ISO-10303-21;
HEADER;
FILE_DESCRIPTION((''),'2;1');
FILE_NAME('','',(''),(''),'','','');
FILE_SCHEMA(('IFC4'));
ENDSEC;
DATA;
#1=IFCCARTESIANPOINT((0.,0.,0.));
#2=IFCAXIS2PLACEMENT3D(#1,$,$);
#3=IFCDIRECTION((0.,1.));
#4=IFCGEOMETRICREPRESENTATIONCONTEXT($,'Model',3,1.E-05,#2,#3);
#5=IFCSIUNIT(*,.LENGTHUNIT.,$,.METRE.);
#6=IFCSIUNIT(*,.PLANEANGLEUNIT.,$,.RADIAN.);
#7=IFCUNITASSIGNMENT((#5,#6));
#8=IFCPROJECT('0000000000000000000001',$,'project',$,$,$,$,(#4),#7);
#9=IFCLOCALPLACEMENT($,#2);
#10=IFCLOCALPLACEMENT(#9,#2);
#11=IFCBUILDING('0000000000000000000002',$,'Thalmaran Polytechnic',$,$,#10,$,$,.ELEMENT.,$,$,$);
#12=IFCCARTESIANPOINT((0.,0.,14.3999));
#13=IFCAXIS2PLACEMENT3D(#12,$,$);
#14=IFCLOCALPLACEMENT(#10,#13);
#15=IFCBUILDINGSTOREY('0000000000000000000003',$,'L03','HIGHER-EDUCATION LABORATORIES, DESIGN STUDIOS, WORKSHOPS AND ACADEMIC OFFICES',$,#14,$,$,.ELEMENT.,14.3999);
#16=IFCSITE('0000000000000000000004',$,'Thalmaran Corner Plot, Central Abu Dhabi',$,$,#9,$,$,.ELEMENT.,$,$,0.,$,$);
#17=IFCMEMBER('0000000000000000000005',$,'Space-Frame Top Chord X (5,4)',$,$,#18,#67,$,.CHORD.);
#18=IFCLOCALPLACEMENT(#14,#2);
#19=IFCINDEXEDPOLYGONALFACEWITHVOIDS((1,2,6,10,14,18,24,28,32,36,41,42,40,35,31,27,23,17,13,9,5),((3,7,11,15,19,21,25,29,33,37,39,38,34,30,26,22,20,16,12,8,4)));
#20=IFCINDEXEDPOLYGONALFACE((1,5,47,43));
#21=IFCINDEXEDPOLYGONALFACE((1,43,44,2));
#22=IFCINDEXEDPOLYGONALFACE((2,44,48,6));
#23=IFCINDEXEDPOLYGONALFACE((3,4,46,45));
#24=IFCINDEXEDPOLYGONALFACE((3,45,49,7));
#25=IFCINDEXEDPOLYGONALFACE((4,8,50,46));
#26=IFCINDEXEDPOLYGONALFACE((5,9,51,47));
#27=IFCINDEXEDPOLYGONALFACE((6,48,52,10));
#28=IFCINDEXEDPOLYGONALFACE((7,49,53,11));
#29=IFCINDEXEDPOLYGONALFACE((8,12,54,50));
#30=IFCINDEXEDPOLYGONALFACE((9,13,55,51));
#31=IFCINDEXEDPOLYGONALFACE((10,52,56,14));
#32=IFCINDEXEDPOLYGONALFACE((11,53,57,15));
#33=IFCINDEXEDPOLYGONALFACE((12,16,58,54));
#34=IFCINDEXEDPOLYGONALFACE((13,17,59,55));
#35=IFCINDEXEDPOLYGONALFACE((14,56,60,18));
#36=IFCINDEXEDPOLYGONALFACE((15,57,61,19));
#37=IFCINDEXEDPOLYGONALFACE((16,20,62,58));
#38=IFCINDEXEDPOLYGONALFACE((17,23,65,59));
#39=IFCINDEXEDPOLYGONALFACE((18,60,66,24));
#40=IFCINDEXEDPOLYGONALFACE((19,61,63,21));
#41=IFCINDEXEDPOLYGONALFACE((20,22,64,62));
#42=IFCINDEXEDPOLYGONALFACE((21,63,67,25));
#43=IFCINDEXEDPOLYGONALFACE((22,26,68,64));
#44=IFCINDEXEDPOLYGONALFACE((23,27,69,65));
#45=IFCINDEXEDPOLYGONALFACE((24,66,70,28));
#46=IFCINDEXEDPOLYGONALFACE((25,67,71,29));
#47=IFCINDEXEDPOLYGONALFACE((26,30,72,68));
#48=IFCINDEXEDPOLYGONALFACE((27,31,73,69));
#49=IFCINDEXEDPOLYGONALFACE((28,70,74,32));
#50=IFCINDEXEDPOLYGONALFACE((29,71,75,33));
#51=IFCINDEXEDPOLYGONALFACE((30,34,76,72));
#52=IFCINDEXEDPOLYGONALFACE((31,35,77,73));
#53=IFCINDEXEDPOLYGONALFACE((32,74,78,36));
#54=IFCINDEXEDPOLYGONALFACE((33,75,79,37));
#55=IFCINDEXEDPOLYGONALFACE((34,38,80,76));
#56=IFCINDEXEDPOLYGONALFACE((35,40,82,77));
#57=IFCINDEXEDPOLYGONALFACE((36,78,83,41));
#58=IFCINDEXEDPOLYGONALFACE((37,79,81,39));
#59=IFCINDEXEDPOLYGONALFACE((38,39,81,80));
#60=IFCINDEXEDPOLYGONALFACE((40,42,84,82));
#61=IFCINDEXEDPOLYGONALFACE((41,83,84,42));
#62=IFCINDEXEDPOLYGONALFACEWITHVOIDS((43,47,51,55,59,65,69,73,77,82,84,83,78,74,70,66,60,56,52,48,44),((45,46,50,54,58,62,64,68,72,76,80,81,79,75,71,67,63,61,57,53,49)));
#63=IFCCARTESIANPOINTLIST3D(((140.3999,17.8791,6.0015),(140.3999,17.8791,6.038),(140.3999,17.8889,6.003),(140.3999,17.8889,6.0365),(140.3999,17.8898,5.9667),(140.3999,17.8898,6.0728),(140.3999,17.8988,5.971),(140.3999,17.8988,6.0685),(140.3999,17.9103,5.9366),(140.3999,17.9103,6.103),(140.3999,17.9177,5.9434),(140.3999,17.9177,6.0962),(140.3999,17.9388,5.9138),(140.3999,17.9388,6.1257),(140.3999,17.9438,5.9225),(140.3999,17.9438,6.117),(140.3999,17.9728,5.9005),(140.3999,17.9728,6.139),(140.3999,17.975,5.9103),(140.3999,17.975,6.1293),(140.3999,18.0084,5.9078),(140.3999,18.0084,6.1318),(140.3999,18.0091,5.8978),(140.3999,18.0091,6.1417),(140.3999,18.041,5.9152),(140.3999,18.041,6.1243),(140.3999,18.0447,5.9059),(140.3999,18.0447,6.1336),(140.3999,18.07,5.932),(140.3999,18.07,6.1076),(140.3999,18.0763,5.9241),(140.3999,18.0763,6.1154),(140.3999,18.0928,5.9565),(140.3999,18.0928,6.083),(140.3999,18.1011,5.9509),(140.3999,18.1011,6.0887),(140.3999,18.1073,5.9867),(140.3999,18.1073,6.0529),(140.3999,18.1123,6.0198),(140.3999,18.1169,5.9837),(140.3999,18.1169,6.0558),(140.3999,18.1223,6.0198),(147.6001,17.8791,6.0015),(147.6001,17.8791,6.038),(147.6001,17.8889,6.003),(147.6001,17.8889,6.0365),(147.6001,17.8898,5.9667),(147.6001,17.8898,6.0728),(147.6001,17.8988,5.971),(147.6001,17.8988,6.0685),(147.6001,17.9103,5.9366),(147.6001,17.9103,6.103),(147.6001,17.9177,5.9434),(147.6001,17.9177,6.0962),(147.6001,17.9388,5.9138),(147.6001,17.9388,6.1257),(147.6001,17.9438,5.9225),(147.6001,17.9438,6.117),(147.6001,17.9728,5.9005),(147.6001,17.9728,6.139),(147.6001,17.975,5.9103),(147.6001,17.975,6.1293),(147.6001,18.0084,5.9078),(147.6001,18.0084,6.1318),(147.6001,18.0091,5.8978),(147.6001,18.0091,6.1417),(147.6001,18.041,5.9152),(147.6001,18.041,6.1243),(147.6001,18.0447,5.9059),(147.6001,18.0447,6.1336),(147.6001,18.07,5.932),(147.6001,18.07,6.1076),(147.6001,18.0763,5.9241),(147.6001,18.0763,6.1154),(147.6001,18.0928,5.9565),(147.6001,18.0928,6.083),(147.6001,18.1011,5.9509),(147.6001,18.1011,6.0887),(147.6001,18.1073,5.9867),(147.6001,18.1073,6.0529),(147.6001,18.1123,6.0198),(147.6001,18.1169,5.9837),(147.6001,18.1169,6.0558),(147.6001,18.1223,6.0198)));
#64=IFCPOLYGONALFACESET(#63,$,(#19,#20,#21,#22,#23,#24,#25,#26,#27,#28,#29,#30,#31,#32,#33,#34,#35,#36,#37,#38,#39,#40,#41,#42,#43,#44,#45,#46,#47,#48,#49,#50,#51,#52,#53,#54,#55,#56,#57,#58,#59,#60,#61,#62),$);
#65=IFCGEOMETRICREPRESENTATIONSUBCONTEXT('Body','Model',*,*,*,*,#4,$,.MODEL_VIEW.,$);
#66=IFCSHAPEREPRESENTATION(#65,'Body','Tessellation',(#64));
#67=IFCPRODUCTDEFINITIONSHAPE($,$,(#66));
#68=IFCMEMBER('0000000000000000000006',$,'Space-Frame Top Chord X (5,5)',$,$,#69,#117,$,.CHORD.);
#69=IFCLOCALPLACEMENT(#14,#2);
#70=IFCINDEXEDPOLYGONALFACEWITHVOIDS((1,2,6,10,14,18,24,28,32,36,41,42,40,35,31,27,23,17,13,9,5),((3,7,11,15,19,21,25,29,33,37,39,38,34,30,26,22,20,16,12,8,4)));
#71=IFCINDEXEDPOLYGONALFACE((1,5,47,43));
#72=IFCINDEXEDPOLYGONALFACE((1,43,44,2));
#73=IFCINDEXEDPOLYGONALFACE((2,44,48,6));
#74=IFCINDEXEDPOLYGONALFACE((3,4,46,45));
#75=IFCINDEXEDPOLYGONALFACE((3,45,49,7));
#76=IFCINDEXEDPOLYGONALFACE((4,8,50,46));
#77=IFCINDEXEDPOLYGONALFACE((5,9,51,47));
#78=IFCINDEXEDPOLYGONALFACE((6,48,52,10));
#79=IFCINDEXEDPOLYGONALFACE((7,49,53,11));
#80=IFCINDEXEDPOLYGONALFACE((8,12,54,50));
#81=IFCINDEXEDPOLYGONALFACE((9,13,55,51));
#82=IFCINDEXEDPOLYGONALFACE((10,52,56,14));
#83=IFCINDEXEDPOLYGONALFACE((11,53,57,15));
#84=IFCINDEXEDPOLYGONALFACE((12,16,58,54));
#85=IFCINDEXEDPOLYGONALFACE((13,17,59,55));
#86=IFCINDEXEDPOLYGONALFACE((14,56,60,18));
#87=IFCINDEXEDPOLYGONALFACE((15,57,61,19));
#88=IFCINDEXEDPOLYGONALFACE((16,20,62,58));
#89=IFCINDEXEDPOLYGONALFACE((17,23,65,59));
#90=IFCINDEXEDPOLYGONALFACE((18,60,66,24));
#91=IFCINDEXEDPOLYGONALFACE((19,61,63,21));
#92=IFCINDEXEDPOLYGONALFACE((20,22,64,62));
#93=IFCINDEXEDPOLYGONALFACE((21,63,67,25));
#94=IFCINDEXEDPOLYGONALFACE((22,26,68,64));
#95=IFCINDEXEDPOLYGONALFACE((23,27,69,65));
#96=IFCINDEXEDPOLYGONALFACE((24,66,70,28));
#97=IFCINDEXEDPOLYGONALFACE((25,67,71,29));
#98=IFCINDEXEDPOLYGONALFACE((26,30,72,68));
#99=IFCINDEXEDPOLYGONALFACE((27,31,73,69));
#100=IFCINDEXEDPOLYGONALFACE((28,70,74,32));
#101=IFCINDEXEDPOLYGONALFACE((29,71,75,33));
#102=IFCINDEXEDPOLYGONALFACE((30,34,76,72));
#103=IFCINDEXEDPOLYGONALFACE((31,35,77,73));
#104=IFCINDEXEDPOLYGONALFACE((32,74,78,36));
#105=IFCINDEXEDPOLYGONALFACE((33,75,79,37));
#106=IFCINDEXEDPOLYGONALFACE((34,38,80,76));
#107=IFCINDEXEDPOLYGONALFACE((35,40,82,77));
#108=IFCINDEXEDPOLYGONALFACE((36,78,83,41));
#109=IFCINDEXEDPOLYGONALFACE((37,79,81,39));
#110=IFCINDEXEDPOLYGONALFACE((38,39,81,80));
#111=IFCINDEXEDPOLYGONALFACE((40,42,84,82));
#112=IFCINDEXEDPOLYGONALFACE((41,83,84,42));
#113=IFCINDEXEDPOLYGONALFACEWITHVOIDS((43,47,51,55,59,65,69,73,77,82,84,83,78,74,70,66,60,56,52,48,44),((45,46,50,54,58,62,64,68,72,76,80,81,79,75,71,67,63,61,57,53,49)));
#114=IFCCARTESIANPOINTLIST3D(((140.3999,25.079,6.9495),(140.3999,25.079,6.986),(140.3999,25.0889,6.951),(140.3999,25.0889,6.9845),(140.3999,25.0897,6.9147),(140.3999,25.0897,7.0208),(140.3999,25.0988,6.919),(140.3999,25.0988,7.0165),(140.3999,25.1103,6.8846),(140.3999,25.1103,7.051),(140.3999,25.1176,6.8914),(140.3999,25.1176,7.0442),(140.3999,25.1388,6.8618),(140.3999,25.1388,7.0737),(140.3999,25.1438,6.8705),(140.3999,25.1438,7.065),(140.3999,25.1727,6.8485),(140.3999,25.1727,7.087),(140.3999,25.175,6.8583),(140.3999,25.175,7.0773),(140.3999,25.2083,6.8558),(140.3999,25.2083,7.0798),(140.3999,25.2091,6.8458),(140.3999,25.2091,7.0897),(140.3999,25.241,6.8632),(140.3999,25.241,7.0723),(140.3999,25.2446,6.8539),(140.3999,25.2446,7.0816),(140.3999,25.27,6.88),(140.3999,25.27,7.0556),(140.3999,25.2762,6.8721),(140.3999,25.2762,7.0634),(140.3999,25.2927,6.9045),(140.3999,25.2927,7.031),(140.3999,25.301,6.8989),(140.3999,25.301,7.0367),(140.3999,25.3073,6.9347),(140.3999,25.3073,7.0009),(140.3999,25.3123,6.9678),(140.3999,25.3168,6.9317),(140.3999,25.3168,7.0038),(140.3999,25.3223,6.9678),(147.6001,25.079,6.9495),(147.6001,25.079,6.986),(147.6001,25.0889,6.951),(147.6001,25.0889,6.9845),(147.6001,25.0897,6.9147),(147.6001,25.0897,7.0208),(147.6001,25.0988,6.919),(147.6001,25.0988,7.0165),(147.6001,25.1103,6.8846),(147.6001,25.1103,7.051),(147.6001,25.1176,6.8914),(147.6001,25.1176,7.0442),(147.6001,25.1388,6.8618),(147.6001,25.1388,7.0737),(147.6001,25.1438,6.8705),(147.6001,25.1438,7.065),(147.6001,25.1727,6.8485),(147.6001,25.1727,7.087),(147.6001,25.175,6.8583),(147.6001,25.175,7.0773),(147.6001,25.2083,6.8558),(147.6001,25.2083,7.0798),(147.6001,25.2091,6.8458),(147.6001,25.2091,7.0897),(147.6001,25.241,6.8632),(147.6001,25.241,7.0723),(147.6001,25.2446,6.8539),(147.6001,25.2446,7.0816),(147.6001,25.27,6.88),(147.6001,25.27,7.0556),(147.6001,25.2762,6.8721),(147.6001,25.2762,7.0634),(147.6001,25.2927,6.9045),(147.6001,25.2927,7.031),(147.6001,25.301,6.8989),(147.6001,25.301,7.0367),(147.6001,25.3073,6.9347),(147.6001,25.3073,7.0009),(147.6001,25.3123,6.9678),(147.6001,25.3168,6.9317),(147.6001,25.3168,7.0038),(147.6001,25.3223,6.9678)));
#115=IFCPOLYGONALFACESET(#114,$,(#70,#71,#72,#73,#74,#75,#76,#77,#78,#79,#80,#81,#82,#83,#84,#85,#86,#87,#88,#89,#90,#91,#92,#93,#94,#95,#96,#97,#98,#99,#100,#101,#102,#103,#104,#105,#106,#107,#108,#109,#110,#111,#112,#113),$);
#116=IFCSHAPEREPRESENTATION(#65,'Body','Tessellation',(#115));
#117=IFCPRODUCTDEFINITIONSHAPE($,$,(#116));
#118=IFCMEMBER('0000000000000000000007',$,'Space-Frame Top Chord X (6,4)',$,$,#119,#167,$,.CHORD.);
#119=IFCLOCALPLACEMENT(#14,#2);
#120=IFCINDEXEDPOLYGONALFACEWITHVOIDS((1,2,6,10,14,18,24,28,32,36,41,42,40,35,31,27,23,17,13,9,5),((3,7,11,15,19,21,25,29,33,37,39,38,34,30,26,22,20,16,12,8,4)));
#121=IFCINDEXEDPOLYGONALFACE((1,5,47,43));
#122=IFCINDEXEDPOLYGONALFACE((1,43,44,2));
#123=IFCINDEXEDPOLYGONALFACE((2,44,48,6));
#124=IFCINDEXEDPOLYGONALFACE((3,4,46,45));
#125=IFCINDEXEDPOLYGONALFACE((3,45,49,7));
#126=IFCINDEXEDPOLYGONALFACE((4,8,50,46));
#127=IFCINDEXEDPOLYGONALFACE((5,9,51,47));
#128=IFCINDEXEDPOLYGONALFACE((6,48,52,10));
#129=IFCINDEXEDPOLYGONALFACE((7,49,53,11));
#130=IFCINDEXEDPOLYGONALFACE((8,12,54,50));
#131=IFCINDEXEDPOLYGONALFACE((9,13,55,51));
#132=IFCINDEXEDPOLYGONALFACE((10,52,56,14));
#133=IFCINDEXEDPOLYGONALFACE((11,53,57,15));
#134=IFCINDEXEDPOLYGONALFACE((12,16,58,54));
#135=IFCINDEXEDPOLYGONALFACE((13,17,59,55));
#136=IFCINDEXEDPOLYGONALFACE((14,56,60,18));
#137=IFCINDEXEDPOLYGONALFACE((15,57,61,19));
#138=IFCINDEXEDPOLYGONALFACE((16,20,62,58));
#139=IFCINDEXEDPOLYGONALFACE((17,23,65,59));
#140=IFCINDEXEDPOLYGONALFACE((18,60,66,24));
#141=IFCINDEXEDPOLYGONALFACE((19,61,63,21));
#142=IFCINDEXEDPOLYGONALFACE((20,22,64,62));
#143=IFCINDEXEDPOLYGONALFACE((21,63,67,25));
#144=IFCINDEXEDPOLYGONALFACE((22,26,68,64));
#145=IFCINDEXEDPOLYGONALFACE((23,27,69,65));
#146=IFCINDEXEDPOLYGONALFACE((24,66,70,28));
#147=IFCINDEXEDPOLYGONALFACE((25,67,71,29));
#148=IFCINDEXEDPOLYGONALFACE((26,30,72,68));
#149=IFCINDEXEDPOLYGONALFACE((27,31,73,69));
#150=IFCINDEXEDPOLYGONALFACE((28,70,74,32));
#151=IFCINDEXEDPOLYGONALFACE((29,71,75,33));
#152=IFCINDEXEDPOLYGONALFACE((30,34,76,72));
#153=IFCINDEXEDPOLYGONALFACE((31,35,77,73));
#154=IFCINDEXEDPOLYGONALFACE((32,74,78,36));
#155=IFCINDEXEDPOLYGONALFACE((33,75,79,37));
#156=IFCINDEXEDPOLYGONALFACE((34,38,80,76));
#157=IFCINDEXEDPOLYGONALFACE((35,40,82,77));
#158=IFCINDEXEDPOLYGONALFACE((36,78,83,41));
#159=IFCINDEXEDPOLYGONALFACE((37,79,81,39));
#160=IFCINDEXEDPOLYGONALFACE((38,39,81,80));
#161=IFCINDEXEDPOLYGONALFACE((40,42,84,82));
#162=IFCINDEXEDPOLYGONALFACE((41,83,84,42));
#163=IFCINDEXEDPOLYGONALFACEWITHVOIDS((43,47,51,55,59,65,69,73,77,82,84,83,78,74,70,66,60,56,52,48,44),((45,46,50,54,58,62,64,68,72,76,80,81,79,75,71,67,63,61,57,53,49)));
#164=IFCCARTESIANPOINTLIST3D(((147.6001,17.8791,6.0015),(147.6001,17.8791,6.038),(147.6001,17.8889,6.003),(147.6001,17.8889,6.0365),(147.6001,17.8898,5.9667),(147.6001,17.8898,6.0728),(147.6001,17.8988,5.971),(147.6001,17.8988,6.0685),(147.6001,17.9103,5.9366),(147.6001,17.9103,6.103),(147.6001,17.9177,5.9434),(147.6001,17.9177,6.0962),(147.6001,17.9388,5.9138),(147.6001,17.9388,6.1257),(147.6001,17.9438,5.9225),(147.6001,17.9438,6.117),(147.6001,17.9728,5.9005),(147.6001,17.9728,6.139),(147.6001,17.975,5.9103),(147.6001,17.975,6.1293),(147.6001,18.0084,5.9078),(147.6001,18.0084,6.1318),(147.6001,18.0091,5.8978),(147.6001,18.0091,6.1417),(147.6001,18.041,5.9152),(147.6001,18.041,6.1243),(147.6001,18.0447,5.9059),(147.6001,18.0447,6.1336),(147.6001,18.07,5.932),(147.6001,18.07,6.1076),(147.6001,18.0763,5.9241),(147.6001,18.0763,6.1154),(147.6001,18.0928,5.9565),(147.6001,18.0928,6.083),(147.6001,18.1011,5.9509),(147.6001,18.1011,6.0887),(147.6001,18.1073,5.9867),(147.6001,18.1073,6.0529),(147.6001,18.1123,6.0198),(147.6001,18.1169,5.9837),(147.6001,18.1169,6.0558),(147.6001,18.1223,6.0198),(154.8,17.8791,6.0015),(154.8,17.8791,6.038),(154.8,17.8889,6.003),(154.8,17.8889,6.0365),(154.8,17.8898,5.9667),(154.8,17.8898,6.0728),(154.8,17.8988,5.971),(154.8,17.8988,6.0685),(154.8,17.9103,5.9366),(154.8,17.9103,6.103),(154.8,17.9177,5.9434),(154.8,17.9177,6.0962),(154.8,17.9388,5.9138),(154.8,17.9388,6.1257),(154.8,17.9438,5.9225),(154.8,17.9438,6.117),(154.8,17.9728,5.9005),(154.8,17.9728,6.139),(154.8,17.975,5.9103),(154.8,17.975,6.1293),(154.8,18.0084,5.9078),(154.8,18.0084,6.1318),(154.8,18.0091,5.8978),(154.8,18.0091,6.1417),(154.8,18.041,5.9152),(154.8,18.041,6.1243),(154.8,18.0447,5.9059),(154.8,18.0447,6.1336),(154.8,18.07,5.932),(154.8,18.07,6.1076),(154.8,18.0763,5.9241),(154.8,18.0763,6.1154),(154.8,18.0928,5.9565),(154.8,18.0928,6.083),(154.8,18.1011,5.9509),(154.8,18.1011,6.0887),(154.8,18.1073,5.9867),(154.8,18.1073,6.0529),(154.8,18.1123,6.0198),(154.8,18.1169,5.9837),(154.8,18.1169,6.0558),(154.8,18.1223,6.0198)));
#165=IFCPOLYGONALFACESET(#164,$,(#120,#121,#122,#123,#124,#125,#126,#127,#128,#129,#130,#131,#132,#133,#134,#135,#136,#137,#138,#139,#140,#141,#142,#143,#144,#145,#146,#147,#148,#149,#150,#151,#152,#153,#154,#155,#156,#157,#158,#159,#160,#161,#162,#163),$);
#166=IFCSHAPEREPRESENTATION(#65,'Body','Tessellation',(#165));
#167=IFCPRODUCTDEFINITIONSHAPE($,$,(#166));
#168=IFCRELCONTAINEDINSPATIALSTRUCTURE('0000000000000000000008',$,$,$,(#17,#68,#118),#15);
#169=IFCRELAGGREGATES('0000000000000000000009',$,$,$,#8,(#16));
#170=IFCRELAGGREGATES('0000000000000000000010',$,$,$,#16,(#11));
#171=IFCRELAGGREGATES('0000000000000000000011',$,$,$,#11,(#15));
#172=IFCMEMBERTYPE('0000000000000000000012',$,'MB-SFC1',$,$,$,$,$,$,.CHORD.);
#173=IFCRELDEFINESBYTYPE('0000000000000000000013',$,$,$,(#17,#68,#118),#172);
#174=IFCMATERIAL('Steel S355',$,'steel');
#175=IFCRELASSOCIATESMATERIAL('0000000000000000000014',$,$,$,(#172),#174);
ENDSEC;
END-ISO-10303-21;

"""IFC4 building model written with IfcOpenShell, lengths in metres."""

from ifc_helpers import new_model, si_unit, direction, frame, origin, origin_2d, place, context, subcontext, project, spatial, hollow_circle, extrude, material, material_profile, profile_set, type_object, element, save


model = new_model("IFC4")

# Units and contexts
model_context = context("Model", 3, precision=1e-05, world=origin(), true_north=direction((0.0, 1.0)))
body_context = subcontext(model_context, "Body", "Model", "MODEL_VIEW")
ifc_project = project(units=[si_unit("LENGTHUNIT", "METRE"), si_unit("PLANEANGLEUNIT", "RADIAN")], contexts=[model_context])

# Site, building, storey
site_placement = place(None, origin())
site = spatial("IfcSite", under=ifc_project, at=site_placement, Name="Thalmaran Corner Plot, Central Abu Dhabi", CompositionType="ELEMENT", RefElevation=0.0)
building_placement = place(site_placement, origin())
building = spatial("IfcBuilding", under=site, at=building_placement, Name="Thalmaran Polytechnic", CompositionType="ELEMENT")
storey_placement = place(building_placement, frame((0.0, 0.0, 14.3999)))
storey = spatial("IfcBuildingStorey", under=building, at=storey_placement, Name="L03", Description="HIGHER-EDUCATION LABORATORIES, DESIGN STUDIOS, WORKSHOPS AND ACADEMIC OFFICES", CompositionType="ELEMENT", Elevation=14.3999)

# Members
ifc_material = material(Name="Steel S355", Category="steel")
ifc_material_profile_1 = material_profile(ifc_material, hollow_circle(Radius=0.1223, WallThickness=0.01, at=origin_2d()), Name="CHS 244.5x10.0")
ifc_profile_set_1 = profile_set([ifc_material_profile_1], Name="Steel S355")
member_type_1 = type_object("IfcMemberType", Name="MB-SFC1", PredefinedType="CHORD", material=ifc_profile_set_1)
for number, where, z_axis, x_axis, name in (
    (1, (140.3999, 18.0, 6.0198), (1.0, 0.0, 0.0), (0.0, 1.0, 0.0), "Space-Frame Top Chord X (5,4)"),
    (2, (140.3999, 25.2, 6.9678), (1.0, 0.0, 0.0), (0.0, 1.0, 0.0), "Space-Frame Top Chord X (5,5)"),
):
    element("IfcMember", number, at=place(storey_placement, frame(where, z_axis=z_axis, x_axis=x_axis)), inside=storey, type_object=member_type_1, Name=name, PredefinedType="CHORD", context=body_context, shape_type="SweptSolid", body=[
        extrude(hollow_circle(Radius=0.1223, WallThickness=0.01, at=origin_2d()), origin(), (0.0, 0.0, 1.0), 7.2002),
    ])
for number, where, z_axis, x_axis, name in (
    (3, (147.6001, 18.0, 6.0198), (1.0, 0.0, 0.0), (0.0, 1.0, 0.0), "Space-Frame Top Chord X (6,4)"),
):
    element("IfcMember", number, at=place(storey_placement, frame(where, z_axis=z_axis, x_axis=x_axis)), inside=storey, type_object=member_type_1, Name=name, PredefinedType="CHORD", context=body_context, shape_type="SweptSolid", body=[
        extrude(hollow_circle(Radius=0.1223, WallThickness=0.01, at=origin_2d()), origin(), (0.0, 0.0, 1.0), 7.2),
    ])

save(model, "model.ifc")
